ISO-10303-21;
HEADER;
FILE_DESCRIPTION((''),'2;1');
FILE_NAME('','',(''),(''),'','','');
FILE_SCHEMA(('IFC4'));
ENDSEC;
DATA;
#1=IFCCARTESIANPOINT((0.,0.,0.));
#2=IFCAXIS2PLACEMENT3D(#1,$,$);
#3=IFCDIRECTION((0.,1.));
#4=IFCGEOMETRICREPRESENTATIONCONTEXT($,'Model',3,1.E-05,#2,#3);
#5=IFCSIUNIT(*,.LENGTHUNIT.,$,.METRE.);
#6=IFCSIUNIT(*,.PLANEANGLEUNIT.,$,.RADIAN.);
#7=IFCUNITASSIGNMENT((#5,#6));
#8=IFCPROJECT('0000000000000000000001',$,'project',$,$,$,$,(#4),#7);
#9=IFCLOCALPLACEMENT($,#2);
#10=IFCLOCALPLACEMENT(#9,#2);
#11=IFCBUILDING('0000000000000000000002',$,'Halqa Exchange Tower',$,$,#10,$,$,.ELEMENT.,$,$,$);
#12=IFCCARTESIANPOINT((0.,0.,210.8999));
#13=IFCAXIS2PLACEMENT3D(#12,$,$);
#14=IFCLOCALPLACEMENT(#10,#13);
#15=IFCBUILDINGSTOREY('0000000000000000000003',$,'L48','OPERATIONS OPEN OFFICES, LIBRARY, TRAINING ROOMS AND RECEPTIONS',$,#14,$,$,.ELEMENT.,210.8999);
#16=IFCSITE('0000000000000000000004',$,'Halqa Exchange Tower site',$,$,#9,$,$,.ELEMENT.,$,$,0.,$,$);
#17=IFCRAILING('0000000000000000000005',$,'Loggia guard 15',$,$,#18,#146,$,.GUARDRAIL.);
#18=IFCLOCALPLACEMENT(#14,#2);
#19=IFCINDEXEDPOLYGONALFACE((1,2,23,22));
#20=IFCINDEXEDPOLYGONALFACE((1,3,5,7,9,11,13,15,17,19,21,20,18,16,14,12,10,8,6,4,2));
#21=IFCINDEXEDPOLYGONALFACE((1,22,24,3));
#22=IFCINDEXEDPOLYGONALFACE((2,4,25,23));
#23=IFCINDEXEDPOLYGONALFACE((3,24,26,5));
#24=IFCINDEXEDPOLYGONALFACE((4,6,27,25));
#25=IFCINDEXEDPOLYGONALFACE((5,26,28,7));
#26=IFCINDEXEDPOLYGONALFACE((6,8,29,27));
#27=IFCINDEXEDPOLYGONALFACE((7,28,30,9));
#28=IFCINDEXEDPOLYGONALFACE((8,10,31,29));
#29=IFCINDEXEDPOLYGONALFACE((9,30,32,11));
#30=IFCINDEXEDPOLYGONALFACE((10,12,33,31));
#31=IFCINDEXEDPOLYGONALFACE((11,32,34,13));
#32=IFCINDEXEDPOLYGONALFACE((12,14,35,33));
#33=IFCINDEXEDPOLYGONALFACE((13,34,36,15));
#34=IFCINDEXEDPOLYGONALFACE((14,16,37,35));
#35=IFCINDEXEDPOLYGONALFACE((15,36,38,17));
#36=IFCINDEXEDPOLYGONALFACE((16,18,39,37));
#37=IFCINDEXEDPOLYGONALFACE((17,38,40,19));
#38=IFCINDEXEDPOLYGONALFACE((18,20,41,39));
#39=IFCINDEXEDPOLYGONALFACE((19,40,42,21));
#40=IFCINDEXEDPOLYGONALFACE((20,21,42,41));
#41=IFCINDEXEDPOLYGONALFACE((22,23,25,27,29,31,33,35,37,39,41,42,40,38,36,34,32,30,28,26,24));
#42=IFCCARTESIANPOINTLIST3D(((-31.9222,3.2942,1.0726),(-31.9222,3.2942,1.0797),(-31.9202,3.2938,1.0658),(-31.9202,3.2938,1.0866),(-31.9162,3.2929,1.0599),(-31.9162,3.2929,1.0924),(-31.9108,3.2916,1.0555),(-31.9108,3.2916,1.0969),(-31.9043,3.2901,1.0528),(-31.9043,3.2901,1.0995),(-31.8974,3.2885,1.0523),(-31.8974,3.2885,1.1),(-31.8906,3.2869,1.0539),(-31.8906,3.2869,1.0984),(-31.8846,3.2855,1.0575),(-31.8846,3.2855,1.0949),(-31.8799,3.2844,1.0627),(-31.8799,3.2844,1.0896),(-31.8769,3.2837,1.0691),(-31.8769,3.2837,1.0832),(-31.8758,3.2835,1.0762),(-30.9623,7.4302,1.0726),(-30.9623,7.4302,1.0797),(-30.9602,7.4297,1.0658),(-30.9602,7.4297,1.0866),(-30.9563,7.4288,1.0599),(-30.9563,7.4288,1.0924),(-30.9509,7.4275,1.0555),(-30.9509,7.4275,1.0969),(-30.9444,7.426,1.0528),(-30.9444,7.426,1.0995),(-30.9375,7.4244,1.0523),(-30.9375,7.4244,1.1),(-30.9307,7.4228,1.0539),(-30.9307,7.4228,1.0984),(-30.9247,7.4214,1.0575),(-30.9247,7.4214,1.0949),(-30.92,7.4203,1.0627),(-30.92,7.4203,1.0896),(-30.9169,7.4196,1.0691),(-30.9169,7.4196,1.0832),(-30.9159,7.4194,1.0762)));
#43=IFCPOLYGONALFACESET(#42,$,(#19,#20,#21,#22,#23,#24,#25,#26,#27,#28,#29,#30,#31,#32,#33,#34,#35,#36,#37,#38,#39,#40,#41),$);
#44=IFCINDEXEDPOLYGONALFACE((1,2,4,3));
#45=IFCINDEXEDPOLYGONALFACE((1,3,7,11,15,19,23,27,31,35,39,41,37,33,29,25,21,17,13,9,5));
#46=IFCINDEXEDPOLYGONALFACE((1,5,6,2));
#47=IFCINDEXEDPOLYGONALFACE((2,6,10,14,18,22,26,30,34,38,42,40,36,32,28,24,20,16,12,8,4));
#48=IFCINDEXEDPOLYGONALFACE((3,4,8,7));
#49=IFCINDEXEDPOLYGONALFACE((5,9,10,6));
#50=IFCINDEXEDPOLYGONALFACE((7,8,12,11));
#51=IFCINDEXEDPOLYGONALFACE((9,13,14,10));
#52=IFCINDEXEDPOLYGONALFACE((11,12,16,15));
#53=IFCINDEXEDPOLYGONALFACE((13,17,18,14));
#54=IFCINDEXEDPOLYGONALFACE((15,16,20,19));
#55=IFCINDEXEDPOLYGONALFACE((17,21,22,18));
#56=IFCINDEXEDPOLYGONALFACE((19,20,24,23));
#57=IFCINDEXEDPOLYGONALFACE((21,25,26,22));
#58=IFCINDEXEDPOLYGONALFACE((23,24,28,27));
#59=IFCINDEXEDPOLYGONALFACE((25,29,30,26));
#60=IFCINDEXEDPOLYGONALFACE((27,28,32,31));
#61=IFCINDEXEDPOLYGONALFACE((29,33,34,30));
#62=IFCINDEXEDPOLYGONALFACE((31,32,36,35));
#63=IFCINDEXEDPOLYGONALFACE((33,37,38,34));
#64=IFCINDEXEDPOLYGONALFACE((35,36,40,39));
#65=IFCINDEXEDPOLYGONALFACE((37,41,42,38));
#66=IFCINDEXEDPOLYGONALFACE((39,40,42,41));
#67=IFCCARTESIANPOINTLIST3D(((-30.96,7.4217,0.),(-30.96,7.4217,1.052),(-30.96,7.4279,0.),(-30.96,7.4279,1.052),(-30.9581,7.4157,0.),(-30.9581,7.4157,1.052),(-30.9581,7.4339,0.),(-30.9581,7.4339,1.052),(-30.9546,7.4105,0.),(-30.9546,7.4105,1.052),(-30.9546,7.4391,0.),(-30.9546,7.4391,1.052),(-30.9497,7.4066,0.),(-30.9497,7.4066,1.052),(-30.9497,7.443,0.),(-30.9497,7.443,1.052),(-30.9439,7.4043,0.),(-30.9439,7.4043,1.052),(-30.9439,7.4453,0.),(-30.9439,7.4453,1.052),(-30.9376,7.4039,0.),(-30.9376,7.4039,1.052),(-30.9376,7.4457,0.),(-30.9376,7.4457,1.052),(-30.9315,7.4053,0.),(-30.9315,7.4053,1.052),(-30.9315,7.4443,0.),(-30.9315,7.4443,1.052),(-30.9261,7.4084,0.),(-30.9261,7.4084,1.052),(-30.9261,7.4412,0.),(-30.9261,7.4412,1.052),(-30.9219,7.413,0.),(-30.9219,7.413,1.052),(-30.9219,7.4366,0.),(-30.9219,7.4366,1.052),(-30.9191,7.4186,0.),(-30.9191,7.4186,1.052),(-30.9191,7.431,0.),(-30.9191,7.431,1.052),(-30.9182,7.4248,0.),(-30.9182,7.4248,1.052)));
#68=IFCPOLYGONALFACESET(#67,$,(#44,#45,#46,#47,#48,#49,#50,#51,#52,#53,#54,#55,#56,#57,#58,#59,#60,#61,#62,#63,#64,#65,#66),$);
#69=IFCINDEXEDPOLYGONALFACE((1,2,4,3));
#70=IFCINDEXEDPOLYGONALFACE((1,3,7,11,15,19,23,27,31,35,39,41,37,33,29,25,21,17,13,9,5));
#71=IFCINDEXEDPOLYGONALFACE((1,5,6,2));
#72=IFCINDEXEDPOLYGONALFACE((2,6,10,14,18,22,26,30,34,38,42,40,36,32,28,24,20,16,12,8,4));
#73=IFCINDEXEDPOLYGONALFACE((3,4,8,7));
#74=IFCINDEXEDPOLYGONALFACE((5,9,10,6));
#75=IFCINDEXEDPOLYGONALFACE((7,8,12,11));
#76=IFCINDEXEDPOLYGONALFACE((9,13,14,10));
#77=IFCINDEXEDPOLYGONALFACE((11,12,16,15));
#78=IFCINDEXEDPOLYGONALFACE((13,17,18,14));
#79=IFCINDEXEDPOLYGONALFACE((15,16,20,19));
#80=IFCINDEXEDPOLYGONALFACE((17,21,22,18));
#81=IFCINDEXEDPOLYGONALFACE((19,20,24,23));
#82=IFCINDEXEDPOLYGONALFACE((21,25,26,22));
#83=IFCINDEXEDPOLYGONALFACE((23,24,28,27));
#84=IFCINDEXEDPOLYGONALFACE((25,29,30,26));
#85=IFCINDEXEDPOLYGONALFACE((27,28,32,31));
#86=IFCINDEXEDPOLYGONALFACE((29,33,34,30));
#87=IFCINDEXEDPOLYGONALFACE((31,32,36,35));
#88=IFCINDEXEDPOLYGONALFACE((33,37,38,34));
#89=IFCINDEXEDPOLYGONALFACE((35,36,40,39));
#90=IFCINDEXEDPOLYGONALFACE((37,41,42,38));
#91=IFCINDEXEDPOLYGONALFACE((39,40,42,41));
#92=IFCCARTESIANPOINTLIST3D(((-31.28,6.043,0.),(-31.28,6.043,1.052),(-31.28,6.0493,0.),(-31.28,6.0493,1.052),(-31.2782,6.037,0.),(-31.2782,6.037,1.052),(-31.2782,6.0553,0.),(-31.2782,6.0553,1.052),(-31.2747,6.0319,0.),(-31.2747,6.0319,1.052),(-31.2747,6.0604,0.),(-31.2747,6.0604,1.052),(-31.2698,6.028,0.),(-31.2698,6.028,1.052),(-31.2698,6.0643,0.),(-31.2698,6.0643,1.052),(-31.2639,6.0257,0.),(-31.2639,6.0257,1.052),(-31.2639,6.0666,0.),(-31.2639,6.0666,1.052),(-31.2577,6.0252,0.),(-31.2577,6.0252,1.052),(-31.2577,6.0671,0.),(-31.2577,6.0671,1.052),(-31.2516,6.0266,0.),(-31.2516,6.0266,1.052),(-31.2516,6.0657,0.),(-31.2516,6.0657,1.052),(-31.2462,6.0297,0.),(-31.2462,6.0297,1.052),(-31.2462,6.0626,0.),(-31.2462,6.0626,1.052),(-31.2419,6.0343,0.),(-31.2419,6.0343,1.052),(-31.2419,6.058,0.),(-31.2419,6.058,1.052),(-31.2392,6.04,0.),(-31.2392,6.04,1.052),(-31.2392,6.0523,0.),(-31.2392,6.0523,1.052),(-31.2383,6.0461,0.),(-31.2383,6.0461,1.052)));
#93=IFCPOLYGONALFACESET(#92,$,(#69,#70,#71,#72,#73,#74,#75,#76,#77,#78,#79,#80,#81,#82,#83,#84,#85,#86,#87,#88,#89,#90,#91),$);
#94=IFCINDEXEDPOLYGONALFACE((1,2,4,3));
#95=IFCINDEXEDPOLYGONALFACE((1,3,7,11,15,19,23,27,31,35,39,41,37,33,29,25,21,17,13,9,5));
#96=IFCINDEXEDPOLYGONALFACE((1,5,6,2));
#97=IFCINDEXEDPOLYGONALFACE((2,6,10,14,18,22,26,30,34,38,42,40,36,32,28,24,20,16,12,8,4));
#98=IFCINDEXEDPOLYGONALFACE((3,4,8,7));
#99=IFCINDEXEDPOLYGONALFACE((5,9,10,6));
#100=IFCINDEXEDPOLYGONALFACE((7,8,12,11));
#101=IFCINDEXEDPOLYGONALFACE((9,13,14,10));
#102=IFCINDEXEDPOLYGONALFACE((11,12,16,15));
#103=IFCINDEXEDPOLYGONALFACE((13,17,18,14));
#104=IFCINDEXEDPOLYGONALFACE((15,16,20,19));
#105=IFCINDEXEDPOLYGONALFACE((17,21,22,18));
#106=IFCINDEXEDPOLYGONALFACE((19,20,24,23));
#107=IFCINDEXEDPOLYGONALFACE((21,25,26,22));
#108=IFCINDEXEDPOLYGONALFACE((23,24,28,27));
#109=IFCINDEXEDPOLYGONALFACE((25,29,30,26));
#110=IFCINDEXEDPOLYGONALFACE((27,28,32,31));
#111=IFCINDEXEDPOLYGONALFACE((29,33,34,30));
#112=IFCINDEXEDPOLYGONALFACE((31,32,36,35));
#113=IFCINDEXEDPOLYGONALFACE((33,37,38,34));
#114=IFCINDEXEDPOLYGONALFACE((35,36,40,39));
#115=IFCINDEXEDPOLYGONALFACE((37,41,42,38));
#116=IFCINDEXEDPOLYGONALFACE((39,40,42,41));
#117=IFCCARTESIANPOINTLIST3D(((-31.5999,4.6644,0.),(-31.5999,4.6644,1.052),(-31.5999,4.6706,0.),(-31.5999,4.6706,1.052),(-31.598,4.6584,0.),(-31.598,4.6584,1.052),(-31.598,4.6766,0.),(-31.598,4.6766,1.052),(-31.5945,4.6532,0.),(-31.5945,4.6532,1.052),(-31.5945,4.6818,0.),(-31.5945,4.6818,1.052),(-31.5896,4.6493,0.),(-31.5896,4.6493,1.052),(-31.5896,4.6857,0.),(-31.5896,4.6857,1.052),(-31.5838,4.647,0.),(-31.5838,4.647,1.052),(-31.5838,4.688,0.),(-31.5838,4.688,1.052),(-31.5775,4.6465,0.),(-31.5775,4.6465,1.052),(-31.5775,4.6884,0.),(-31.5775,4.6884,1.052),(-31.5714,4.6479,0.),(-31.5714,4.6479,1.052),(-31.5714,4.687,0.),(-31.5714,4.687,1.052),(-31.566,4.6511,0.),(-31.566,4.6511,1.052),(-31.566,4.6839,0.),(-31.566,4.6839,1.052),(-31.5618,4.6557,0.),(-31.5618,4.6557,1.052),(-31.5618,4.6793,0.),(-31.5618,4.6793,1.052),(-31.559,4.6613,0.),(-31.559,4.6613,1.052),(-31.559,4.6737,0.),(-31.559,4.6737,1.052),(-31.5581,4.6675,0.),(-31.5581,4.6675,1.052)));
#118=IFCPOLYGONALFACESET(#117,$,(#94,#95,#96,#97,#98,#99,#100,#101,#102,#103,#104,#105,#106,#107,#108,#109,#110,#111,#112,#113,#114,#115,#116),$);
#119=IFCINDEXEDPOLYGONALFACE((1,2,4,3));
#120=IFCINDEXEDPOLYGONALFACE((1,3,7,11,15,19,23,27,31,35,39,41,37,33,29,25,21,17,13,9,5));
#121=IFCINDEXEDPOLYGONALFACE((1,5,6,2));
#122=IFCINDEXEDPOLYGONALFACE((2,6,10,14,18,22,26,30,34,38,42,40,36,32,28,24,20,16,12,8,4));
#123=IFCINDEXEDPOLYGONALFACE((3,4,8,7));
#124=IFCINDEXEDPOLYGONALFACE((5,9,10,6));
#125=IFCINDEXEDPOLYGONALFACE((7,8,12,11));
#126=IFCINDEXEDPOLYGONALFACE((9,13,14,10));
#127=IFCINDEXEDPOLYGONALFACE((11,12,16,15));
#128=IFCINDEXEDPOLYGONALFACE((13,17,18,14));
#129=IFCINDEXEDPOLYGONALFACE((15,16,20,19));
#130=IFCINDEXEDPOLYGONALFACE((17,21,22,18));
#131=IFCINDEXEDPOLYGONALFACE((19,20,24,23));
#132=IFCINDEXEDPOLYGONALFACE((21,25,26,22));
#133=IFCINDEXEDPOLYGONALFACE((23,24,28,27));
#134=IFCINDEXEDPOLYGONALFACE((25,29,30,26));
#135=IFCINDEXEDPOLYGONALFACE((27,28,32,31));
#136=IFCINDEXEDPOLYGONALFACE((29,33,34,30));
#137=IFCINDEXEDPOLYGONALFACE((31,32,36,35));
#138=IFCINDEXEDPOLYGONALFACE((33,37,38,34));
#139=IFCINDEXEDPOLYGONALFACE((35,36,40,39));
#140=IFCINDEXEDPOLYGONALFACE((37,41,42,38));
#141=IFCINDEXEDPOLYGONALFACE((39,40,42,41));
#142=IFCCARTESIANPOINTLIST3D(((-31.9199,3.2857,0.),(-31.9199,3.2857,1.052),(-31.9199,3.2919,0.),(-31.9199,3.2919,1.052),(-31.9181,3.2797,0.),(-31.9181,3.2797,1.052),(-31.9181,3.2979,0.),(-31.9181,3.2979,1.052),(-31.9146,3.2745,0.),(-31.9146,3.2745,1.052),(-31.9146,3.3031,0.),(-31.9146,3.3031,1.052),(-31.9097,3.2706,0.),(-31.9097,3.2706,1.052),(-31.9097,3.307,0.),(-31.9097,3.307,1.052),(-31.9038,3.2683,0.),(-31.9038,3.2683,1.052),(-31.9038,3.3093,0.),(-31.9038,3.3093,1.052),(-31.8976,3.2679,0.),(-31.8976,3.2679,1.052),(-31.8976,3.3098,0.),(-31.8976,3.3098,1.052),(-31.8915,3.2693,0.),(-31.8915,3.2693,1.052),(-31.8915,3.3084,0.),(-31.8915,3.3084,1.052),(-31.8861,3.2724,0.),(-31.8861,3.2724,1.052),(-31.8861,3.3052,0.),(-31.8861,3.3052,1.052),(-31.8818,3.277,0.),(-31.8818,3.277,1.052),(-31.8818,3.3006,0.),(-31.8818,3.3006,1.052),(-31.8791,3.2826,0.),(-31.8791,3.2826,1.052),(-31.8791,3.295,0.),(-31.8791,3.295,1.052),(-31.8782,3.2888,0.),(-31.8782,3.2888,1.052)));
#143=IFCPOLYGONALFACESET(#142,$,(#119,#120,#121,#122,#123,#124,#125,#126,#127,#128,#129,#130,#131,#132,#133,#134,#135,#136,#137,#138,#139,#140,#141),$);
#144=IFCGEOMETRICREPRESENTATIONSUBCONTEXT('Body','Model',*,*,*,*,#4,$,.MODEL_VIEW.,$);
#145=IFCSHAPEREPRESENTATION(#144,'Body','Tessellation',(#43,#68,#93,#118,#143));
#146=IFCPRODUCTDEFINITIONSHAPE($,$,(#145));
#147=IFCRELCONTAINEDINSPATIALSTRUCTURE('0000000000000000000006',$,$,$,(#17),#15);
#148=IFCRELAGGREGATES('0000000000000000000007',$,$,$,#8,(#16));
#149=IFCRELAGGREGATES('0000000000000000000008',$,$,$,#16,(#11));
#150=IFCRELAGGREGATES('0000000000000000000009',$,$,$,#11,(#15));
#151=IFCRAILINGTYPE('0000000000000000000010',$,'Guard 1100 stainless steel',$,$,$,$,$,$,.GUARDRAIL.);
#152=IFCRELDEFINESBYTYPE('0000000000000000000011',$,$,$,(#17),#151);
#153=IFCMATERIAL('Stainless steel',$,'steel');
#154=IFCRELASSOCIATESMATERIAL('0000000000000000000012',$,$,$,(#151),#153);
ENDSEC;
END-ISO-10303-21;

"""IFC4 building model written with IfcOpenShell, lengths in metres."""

from ifc_helpers import new_model, si_unit, direction, frame, origin, origin_2d, place, context, subcontext, project, spatial, circle, extrude, material, type_object, element, save


model = new_model("IFC4")

# Units and contexts
model_context = context("Model", 3, precision=1e-05, world=origin(), true_north=direction((0.0, 1.0)))
body_context = subcontext(model_context, "Body", "Model", "MODEL_VIEW")
ifc_project = project(units=[si_unit("LENGTHUNIT", "METRE"), si_unit("PLANEANGLEUNIT", "RADIAN")], contexts=[model_context])

# Site, building, storey
site_placement = place(None, origin())
site = spatial("IfcSite", under=ifc_project, at=site_placement, Name="Halqa Exchange Tower site", CompositionType="ELEMENT", RefElevation=0.0)
building_placement = place(site_placement, origin())
building = spatial("IfcBuilding", under=site, at=building_placement, Name="Halqa Exchange Tower", CompositionType="ELEMENT")
storey_placement = place(building_placement, frame((0.0, 0.0, 210.8999)))
storey = spatial("IfcBuildingStorey", under=building, at=storey_placement, Name="L48", Description="OPERATIONS OPEN OFFICES, LIBRARY, TRAINING ROOMS AND RECEPTIONS", CompositionType="ELEMENT", Elevation=210.8999)

# Railing
ifc_material_1 = material(Name="Stainless steel", Category="steel")
railing_type = type_object("IfcRailingType", Name="Guard 1100 stainless steel", PredefinedType="GUARDRAIL", material=ifc_material_1)
railing_1_placement = place(storey_placement, frame((-30.9392, 7.4248, 0.0)))
element("IfcRailing", 1, at=railing_1_placement, inside=storey, type_object=railing_type, Name="Loggia guard 15", PredefinedType="GUARDRAIL", context=body_context, shape_type="SweptSolid", body=[
    extrude(circle(Radius=0.0239, at=origin_2d()), frame((0.0, 0.0, 1.0762), z_axis=(-0.22609, -0.974106, 0.0), x_axis=(0.974106, -0.22609, 0.0)), (0.0, 0.0, 1.0), 4.2458),
    extrude(circle(Radius=0.021, at=origin_2d()), origin(), (0.0, 0.0, 1.0), 1.052),
    extrude(circle(Radius=0.021, at=origin_2d()), frame((-0.3201, -1.3787, 0.0)), (0.0, 0.0, 1.0), 1.052),
    extrude(circle(Radius=0.021, at=origin_2d()), frame((-0.6399, -2.7573, 0.0)), (0.0, 0.0, 1.0), 1.052),
    extrude(circle(Radius=0.021, at=origin_2d()), frame((-0.96, -4.136, 0.0)), (0.0, 0.0, 1.0), 1.052),
])

save(model, "model.ifc")
